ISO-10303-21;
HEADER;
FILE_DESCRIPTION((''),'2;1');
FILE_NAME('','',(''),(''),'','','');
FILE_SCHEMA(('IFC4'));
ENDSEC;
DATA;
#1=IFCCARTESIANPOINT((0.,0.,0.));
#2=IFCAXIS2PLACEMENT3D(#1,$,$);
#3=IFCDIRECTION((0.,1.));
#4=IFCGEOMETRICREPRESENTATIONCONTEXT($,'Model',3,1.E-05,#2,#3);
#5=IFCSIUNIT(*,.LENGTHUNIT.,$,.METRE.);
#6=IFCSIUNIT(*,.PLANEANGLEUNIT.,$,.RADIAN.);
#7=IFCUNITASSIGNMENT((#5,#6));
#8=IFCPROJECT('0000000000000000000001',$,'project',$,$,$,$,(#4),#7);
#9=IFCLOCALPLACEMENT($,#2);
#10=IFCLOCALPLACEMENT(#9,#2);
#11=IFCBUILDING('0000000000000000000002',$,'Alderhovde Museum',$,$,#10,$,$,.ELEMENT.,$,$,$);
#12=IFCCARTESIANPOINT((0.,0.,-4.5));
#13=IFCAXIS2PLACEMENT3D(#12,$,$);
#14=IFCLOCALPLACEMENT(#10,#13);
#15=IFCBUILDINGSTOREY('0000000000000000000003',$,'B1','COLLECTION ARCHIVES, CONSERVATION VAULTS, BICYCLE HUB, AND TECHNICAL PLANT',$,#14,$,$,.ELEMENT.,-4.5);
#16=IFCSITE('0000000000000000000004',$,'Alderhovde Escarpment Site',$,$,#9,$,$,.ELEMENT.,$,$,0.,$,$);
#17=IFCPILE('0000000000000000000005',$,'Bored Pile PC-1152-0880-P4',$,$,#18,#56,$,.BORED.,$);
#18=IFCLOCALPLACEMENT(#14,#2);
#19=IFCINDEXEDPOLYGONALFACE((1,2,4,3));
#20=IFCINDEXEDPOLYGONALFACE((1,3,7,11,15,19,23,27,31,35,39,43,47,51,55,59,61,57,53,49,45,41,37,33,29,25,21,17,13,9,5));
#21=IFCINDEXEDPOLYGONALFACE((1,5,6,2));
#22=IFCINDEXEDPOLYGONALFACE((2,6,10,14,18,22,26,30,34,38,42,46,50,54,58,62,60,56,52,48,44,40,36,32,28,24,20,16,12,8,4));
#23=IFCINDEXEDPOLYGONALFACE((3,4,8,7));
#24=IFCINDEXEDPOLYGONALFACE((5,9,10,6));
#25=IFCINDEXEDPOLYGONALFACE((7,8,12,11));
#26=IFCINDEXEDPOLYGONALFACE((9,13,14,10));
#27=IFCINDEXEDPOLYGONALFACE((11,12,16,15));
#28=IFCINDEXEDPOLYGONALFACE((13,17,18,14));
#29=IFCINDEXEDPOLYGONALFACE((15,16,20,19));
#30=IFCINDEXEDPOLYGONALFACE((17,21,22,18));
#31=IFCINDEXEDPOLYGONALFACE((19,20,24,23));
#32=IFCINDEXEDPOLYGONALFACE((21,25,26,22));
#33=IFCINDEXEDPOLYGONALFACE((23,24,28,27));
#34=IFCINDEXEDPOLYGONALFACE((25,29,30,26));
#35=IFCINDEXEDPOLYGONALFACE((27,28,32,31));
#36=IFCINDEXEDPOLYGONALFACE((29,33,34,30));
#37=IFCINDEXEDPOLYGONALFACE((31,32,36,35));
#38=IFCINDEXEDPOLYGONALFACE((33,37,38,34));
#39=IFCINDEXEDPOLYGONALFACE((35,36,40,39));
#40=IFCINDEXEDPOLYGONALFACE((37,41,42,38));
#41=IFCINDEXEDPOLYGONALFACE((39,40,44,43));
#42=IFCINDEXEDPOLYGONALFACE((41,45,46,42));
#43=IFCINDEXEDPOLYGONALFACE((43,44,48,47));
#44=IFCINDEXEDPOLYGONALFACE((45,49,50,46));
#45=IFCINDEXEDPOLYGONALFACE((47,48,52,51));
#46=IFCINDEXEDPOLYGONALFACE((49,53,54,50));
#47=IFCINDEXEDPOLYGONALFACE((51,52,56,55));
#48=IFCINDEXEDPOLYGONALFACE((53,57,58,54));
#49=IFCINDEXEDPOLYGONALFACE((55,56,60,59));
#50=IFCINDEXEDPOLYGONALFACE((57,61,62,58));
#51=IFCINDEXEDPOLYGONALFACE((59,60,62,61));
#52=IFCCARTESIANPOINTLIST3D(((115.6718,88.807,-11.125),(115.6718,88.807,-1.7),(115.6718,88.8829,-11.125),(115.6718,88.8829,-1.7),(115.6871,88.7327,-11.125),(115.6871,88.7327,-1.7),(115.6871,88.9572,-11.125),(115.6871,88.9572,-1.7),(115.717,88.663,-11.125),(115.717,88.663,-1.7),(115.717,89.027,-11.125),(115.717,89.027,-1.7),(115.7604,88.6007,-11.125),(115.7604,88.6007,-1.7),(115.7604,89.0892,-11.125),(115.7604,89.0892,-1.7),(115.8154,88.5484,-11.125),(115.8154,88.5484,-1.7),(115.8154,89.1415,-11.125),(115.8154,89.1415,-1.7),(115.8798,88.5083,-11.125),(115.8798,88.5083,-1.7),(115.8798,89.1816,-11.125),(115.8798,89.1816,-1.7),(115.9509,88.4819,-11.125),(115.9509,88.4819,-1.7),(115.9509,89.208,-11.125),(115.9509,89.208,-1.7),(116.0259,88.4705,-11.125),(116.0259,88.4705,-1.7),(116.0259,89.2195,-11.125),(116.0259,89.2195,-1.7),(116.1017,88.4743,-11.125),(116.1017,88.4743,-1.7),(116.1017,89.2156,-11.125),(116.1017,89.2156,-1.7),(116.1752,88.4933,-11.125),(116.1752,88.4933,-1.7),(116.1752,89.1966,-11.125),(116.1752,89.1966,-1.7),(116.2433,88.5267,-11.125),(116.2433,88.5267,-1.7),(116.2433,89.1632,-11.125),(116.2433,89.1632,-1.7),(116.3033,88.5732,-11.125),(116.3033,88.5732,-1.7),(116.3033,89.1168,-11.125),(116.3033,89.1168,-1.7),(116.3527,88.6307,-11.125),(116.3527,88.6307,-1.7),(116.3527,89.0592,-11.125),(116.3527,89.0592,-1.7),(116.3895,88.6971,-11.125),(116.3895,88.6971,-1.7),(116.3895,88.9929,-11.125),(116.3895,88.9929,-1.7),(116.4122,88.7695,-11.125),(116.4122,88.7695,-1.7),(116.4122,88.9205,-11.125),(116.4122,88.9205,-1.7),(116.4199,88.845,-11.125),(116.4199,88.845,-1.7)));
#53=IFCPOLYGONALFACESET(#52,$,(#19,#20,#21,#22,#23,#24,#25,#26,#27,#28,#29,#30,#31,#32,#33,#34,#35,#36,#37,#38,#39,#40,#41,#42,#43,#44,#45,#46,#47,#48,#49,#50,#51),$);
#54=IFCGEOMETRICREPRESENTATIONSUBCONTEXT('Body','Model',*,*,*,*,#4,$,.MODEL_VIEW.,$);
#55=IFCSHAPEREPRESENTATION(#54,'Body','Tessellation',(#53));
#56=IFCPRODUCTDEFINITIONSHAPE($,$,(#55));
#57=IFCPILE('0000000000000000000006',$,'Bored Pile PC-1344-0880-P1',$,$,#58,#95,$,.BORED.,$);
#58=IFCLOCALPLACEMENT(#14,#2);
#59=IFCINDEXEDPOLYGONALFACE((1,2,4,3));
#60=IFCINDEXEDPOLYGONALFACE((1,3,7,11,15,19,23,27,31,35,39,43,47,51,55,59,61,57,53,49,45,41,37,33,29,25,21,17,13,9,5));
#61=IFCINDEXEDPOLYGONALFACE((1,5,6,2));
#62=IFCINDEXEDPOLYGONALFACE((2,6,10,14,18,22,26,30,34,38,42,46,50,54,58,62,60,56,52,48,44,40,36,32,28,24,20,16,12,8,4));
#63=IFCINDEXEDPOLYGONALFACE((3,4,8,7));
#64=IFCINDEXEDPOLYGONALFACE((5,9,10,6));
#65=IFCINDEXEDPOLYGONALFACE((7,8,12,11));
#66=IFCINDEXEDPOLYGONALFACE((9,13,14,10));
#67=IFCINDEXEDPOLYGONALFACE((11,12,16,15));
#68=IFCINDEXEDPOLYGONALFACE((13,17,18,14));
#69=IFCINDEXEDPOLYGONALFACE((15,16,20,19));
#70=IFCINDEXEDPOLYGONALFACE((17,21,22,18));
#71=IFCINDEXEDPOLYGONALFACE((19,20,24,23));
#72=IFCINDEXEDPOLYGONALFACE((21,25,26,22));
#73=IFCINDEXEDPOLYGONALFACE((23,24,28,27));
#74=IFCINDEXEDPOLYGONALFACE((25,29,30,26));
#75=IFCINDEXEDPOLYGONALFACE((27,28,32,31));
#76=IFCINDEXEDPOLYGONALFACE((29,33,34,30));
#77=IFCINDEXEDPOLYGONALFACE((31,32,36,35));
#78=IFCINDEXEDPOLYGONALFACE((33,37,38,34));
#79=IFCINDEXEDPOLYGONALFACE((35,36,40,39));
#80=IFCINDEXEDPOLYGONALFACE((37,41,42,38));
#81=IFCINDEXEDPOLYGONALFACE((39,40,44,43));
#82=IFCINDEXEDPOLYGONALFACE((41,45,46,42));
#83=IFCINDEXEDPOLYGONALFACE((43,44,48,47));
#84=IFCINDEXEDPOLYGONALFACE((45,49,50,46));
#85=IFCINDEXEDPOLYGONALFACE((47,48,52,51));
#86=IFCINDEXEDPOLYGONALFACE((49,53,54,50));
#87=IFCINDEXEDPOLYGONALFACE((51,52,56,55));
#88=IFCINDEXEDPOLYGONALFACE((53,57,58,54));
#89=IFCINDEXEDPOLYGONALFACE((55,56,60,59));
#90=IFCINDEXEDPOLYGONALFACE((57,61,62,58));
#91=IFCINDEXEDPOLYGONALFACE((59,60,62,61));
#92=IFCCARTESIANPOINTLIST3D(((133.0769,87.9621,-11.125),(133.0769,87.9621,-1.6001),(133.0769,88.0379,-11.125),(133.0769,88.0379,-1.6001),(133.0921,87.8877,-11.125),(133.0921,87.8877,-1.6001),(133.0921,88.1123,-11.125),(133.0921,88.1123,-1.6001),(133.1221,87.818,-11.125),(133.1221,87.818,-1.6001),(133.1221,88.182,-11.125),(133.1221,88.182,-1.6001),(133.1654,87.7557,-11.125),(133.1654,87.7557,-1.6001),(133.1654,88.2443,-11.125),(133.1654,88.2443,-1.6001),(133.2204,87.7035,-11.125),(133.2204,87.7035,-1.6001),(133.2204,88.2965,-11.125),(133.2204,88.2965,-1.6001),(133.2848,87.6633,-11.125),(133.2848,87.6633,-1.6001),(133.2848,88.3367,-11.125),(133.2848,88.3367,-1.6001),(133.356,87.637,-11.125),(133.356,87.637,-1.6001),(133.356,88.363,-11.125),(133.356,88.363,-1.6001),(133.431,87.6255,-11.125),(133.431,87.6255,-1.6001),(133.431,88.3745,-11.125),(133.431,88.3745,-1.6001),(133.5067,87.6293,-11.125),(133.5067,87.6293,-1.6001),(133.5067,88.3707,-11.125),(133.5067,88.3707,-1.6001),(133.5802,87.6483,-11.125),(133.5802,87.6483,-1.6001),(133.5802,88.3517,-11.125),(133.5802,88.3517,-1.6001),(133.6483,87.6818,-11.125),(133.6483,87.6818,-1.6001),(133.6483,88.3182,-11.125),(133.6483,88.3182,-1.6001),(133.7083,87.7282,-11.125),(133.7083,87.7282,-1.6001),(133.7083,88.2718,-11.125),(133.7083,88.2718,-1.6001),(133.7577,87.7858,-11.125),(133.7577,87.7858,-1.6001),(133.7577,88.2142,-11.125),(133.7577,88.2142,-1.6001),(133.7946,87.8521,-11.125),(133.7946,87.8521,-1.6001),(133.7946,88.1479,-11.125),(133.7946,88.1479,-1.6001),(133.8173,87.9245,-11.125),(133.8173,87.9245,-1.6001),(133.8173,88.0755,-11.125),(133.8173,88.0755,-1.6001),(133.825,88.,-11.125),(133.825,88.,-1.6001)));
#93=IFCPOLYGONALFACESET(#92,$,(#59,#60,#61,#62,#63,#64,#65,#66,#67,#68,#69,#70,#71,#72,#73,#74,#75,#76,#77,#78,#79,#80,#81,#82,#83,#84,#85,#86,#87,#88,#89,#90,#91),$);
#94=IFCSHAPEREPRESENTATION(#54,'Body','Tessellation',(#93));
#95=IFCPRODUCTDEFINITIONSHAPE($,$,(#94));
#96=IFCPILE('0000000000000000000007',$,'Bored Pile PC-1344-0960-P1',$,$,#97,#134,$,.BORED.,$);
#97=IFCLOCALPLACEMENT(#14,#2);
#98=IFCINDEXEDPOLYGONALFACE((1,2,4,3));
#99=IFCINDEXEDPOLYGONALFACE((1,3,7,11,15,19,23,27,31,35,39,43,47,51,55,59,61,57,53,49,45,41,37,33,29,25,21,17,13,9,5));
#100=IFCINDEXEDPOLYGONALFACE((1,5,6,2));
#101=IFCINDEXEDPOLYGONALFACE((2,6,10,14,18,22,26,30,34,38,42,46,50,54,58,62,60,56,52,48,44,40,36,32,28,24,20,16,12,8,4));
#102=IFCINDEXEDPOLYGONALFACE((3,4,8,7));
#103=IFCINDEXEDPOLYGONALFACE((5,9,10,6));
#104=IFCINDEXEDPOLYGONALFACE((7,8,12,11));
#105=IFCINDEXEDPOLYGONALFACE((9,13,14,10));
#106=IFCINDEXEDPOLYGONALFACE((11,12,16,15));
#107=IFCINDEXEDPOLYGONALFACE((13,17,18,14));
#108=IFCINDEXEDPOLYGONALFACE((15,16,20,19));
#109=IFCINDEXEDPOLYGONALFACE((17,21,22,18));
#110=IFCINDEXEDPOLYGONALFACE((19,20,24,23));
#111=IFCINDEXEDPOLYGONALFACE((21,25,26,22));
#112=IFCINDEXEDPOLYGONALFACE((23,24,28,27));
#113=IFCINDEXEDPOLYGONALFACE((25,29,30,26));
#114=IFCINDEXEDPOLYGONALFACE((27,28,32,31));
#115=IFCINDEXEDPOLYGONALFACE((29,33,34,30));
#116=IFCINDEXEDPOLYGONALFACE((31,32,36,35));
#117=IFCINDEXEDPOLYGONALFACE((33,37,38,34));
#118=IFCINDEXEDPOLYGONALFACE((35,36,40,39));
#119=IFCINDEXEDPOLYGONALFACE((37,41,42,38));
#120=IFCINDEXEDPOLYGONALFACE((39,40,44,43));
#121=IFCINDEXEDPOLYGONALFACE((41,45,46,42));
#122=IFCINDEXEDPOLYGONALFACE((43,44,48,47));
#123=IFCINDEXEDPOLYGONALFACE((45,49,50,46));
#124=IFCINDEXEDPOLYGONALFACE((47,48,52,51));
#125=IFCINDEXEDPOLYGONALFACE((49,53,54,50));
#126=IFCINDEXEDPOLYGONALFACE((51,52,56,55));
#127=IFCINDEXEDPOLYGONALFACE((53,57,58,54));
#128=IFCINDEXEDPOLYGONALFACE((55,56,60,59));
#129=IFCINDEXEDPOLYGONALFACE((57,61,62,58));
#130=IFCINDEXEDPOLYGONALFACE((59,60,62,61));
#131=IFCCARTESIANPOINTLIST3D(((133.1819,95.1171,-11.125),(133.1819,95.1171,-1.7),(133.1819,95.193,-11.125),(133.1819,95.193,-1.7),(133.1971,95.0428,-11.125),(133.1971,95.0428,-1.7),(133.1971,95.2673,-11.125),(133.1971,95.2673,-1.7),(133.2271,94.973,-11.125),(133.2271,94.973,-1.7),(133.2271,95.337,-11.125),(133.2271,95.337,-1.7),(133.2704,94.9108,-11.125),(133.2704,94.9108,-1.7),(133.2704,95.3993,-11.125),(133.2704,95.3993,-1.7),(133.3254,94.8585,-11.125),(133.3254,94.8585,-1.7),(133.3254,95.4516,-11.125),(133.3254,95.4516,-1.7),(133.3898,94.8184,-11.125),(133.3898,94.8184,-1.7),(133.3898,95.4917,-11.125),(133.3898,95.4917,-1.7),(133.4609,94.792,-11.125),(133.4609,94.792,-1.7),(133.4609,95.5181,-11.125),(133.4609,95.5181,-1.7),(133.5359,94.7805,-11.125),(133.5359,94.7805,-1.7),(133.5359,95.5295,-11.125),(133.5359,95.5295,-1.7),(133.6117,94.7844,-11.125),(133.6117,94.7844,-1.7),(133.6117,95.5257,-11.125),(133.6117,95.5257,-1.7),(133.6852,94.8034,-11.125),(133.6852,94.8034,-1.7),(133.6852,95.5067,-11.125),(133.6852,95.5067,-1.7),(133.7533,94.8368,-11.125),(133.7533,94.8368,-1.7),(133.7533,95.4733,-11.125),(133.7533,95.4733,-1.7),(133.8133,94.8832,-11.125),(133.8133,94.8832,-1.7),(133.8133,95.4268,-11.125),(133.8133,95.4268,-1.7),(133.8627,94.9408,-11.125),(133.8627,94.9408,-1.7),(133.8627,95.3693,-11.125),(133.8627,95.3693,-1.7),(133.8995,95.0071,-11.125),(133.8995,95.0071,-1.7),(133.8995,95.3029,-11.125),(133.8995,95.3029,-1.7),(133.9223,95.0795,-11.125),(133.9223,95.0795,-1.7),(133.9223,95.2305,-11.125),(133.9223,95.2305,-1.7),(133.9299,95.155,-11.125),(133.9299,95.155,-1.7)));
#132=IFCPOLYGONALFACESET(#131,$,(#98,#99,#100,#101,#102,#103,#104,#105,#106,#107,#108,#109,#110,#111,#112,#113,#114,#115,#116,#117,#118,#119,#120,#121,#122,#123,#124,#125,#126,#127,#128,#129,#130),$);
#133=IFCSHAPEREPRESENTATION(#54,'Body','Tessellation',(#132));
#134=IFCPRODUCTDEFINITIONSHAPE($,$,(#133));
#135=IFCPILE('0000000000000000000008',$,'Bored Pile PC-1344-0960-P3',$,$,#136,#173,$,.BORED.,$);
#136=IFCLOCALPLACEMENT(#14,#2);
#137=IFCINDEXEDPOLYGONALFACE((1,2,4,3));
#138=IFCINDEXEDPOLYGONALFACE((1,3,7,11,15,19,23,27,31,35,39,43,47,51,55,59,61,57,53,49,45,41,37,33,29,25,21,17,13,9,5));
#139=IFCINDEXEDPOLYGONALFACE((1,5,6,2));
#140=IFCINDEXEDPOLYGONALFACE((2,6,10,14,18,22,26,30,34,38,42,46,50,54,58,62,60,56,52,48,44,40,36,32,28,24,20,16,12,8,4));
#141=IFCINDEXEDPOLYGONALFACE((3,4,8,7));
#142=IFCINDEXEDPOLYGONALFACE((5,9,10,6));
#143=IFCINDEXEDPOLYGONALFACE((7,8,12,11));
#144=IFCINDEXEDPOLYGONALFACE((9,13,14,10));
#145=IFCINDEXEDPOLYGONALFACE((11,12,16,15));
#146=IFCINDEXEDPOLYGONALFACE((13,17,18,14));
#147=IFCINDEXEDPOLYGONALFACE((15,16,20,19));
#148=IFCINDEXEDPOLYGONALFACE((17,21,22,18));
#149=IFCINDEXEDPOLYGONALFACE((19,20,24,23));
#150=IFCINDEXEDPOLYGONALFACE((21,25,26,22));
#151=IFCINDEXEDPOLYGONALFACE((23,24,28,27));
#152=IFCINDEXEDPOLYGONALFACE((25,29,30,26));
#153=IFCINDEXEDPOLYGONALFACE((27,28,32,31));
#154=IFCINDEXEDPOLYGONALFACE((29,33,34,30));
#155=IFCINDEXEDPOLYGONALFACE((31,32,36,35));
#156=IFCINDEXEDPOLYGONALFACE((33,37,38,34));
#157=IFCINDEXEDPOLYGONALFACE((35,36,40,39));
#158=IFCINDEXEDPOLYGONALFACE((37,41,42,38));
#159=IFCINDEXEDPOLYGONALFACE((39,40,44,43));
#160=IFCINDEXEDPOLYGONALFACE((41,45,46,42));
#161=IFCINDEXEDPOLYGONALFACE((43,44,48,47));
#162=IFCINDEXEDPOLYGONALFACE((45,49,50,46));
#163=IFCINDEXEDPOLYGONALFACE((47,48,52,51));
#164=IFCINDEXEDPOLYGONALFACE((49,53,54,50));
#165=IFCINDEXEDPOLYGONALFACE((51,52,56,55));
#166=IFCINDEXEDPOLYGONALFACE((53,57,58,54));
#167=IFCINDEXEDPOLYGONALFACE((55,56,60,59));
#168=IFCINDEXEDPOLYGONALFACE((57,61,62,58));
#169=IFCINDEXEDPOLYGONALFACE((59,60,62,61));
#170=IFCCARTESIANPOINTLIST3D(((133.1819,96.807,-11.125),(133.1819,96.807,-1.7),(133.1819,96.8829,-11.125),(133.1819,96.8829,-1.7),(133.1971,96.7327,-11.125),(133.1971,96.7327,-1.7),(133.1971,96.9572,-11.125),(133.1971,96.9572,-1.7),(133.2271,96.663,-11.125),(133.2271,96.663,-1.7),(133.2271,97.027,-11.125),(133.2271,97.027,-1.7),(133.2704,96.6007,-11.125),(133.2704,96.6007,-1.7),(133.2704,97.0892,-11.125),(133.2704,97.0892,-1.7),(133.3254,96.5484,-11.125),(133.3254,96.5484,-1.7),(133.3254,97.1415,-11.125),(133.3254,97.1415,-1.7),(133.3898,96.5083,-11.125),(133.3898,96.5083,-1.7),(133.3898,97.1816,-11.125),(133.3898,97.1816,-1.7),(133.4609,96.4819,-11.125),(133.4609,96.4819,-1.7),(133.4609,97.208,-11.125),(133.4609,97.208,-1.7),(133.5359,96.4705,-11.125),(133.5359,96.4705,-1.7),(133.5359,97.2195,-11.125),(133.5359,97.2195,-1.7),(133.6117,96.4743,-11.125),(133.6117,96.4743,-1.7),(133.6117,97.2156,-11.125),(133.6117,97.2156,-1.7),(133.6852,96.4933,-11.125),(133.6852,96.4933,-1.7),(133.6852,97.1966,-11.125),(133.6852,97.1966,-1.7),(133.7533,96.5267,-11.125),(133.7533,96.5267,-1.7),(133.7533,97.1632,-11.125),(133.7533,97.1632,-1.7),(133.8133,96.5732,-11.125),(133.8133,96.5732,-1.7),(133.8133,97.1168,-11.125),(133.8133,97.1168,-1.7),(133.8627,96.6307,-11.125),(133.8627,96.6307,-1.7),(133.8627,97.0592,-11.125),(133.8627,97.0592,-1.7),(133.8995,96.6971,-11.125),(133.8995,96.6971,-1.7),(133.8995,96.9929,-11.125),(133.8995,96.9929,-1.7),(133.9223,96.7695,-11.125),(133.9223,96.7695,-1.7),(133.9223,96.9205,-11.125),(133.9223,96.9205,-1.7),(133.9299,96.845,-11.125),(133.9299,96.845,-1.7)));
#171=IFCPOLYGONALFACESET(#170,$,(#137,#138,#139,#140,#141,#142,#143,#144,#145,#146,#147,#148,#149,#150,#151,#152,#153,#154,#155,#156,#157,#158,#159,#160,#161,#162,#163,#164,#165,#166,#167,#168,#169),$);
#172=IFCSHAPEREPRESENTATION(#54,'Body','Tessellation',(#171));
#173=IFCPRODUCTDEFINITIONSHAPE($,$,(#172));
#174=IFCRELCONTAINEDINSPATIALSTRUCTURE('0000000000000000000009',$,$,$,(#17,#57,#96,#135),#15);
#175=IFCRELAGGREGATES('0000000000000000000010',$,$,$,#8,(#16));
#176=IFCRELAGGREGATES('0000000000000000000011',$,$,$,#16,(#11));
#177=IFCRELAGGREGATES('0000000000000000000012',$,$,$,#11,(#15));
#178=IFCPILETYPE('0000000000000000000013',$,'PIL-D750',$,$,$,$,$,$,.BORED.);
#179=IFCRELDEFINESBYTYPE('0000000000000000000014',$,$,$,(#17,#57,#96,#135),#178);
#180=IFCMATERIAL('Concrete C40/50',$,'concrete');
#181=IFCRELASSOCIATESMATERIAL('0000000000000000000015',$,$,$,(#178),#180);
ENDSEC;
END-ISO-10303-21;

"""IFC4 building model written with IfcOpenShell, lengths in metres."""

from ifc_helpers import new_model, si_unit, direction, frame, origin, origin_2d, place, context, subcontext, project, spatial, circle, extrude, material, material_profile, profile_set, type_object, element, save


model = new_model("IFC4")

# Units and contexts
model_context = context("Model", 3, precision=1e-05, world=origin(), true_north=direction((0.0, 1.0)))
body_context = subcontext(model_context, "Body", "Model", "MODEL_VIEW")
ifc_project = project(units=[si_unit("LENGTHUNIT", "METRE"), si_unit("PLANEANGLEUNIT", "RADIAN")], contexts=[model_context])

# Site, building, storey
site_placement = place(None, origin())
site = spatial("IfcSite", under=ifc_project, at=site_placement, Name="Alderhovde Escarpment Site", CompositionType="ELEMENT", RefElevation=0.0)
building_placement = place(site_placement, origin())
building = spatial("IfcBuilding", under=site, at=building_placement, Name="Alderhovde Museum", CompositionType="ELEMENT")
storey_placement = place(building_placement, frame((0.0, 0.0, -4.5)))
storey = spatial("IfcBuildingStorey", under=building, at=storey_placement, Name="B1", Description="COLLECTION ARCHIVES, CONSERVATION VAULTS, BICYCLE HUB, AND TECHNICAL PLANT", CompositionType="ELEMENT", Elevation=-4.5)

# Piles
ifc_material_1 = material(Name="Concrete C40/50", Category="concrete")
ifc_material_profile_1 = material_profile(ifc_material_1, circle(Radius=0.375, at=origin_2d()), Name="PILE-D750")
ifc_profile_set_1 = profile_set([ifc_material_profile_1], Name="Concrete C40/50")
pile_type_1 = type_object("IfcPileType", Name="PIL-D750", PredefinedType="BORED", material=ifc_profile_set_1)
pile_1_placement = place(storey_placement, frame((116.0449, 88.845, -1.7), z_axis=(0.0, 0.0, -1.0), x_axis=(1.0, 0.0, 0.0)))
element("IfcPile", 1, at=pile_1_placement, inside=storey, type_object=pile_type_1, Name="Bored Pile PC-1152-0880-P4", PredefinedType="BORED", context=body_context, shape_type="SweptSolid", body=[
    extrude(circle(Radius=0.375, at=origin_2d()), origin(), (0.0, 0.0, 1.0), 9.425),
])
pile_2_placement = place(storey_placement, frame((133.45, 88.0, -1.6001), z_axis=(0.0, 0.0, -1.0), x_axis=(1.0, 0.0, 0.0)))
element("IfcPile", 2, at=pile_2_placement, inside=storey, type_object=pile_type_1, Name="Bored Pile PC-1344-0880-P1", PredefinedType="BORED", context=body_context, shape_type="SweptSolid", body=[
    extrude(circle(Radius=0.375, at=origin_2d()), origin(), (0.0, 0.0, 1.0), 9.5249),
])
for number, where, z_axis, x_axis, name in (
    (3, (133.5549, 95.155, -1.7), (0.0, 0.0, -1.0), (1.0, 0.0, 0.0), "Bored Pile PC-1344-0960-P1"),
    (4, (133.5549, 96.845, -1.7), (0.0, 0.0, -1.0), (1.0, 0.0, 0.0), "Bored Pile PC-1344-0960-P3"),
):
    element("IfcPile", number, at=place(storey_placement, frame(where, z_axis=z_axis, x_axis=x_axis)), inside=storey, type_object=pile_type_1, Name=name, PredefinedType="BORED", context=body_context, shape_type="SweptSolid", body=[
        extrude(circle(Radius=0.375, at=origin_2d()), origin(), (0.0, 0.0, 1.0), 9.425),
    ])

save(model, "model.ifc")
